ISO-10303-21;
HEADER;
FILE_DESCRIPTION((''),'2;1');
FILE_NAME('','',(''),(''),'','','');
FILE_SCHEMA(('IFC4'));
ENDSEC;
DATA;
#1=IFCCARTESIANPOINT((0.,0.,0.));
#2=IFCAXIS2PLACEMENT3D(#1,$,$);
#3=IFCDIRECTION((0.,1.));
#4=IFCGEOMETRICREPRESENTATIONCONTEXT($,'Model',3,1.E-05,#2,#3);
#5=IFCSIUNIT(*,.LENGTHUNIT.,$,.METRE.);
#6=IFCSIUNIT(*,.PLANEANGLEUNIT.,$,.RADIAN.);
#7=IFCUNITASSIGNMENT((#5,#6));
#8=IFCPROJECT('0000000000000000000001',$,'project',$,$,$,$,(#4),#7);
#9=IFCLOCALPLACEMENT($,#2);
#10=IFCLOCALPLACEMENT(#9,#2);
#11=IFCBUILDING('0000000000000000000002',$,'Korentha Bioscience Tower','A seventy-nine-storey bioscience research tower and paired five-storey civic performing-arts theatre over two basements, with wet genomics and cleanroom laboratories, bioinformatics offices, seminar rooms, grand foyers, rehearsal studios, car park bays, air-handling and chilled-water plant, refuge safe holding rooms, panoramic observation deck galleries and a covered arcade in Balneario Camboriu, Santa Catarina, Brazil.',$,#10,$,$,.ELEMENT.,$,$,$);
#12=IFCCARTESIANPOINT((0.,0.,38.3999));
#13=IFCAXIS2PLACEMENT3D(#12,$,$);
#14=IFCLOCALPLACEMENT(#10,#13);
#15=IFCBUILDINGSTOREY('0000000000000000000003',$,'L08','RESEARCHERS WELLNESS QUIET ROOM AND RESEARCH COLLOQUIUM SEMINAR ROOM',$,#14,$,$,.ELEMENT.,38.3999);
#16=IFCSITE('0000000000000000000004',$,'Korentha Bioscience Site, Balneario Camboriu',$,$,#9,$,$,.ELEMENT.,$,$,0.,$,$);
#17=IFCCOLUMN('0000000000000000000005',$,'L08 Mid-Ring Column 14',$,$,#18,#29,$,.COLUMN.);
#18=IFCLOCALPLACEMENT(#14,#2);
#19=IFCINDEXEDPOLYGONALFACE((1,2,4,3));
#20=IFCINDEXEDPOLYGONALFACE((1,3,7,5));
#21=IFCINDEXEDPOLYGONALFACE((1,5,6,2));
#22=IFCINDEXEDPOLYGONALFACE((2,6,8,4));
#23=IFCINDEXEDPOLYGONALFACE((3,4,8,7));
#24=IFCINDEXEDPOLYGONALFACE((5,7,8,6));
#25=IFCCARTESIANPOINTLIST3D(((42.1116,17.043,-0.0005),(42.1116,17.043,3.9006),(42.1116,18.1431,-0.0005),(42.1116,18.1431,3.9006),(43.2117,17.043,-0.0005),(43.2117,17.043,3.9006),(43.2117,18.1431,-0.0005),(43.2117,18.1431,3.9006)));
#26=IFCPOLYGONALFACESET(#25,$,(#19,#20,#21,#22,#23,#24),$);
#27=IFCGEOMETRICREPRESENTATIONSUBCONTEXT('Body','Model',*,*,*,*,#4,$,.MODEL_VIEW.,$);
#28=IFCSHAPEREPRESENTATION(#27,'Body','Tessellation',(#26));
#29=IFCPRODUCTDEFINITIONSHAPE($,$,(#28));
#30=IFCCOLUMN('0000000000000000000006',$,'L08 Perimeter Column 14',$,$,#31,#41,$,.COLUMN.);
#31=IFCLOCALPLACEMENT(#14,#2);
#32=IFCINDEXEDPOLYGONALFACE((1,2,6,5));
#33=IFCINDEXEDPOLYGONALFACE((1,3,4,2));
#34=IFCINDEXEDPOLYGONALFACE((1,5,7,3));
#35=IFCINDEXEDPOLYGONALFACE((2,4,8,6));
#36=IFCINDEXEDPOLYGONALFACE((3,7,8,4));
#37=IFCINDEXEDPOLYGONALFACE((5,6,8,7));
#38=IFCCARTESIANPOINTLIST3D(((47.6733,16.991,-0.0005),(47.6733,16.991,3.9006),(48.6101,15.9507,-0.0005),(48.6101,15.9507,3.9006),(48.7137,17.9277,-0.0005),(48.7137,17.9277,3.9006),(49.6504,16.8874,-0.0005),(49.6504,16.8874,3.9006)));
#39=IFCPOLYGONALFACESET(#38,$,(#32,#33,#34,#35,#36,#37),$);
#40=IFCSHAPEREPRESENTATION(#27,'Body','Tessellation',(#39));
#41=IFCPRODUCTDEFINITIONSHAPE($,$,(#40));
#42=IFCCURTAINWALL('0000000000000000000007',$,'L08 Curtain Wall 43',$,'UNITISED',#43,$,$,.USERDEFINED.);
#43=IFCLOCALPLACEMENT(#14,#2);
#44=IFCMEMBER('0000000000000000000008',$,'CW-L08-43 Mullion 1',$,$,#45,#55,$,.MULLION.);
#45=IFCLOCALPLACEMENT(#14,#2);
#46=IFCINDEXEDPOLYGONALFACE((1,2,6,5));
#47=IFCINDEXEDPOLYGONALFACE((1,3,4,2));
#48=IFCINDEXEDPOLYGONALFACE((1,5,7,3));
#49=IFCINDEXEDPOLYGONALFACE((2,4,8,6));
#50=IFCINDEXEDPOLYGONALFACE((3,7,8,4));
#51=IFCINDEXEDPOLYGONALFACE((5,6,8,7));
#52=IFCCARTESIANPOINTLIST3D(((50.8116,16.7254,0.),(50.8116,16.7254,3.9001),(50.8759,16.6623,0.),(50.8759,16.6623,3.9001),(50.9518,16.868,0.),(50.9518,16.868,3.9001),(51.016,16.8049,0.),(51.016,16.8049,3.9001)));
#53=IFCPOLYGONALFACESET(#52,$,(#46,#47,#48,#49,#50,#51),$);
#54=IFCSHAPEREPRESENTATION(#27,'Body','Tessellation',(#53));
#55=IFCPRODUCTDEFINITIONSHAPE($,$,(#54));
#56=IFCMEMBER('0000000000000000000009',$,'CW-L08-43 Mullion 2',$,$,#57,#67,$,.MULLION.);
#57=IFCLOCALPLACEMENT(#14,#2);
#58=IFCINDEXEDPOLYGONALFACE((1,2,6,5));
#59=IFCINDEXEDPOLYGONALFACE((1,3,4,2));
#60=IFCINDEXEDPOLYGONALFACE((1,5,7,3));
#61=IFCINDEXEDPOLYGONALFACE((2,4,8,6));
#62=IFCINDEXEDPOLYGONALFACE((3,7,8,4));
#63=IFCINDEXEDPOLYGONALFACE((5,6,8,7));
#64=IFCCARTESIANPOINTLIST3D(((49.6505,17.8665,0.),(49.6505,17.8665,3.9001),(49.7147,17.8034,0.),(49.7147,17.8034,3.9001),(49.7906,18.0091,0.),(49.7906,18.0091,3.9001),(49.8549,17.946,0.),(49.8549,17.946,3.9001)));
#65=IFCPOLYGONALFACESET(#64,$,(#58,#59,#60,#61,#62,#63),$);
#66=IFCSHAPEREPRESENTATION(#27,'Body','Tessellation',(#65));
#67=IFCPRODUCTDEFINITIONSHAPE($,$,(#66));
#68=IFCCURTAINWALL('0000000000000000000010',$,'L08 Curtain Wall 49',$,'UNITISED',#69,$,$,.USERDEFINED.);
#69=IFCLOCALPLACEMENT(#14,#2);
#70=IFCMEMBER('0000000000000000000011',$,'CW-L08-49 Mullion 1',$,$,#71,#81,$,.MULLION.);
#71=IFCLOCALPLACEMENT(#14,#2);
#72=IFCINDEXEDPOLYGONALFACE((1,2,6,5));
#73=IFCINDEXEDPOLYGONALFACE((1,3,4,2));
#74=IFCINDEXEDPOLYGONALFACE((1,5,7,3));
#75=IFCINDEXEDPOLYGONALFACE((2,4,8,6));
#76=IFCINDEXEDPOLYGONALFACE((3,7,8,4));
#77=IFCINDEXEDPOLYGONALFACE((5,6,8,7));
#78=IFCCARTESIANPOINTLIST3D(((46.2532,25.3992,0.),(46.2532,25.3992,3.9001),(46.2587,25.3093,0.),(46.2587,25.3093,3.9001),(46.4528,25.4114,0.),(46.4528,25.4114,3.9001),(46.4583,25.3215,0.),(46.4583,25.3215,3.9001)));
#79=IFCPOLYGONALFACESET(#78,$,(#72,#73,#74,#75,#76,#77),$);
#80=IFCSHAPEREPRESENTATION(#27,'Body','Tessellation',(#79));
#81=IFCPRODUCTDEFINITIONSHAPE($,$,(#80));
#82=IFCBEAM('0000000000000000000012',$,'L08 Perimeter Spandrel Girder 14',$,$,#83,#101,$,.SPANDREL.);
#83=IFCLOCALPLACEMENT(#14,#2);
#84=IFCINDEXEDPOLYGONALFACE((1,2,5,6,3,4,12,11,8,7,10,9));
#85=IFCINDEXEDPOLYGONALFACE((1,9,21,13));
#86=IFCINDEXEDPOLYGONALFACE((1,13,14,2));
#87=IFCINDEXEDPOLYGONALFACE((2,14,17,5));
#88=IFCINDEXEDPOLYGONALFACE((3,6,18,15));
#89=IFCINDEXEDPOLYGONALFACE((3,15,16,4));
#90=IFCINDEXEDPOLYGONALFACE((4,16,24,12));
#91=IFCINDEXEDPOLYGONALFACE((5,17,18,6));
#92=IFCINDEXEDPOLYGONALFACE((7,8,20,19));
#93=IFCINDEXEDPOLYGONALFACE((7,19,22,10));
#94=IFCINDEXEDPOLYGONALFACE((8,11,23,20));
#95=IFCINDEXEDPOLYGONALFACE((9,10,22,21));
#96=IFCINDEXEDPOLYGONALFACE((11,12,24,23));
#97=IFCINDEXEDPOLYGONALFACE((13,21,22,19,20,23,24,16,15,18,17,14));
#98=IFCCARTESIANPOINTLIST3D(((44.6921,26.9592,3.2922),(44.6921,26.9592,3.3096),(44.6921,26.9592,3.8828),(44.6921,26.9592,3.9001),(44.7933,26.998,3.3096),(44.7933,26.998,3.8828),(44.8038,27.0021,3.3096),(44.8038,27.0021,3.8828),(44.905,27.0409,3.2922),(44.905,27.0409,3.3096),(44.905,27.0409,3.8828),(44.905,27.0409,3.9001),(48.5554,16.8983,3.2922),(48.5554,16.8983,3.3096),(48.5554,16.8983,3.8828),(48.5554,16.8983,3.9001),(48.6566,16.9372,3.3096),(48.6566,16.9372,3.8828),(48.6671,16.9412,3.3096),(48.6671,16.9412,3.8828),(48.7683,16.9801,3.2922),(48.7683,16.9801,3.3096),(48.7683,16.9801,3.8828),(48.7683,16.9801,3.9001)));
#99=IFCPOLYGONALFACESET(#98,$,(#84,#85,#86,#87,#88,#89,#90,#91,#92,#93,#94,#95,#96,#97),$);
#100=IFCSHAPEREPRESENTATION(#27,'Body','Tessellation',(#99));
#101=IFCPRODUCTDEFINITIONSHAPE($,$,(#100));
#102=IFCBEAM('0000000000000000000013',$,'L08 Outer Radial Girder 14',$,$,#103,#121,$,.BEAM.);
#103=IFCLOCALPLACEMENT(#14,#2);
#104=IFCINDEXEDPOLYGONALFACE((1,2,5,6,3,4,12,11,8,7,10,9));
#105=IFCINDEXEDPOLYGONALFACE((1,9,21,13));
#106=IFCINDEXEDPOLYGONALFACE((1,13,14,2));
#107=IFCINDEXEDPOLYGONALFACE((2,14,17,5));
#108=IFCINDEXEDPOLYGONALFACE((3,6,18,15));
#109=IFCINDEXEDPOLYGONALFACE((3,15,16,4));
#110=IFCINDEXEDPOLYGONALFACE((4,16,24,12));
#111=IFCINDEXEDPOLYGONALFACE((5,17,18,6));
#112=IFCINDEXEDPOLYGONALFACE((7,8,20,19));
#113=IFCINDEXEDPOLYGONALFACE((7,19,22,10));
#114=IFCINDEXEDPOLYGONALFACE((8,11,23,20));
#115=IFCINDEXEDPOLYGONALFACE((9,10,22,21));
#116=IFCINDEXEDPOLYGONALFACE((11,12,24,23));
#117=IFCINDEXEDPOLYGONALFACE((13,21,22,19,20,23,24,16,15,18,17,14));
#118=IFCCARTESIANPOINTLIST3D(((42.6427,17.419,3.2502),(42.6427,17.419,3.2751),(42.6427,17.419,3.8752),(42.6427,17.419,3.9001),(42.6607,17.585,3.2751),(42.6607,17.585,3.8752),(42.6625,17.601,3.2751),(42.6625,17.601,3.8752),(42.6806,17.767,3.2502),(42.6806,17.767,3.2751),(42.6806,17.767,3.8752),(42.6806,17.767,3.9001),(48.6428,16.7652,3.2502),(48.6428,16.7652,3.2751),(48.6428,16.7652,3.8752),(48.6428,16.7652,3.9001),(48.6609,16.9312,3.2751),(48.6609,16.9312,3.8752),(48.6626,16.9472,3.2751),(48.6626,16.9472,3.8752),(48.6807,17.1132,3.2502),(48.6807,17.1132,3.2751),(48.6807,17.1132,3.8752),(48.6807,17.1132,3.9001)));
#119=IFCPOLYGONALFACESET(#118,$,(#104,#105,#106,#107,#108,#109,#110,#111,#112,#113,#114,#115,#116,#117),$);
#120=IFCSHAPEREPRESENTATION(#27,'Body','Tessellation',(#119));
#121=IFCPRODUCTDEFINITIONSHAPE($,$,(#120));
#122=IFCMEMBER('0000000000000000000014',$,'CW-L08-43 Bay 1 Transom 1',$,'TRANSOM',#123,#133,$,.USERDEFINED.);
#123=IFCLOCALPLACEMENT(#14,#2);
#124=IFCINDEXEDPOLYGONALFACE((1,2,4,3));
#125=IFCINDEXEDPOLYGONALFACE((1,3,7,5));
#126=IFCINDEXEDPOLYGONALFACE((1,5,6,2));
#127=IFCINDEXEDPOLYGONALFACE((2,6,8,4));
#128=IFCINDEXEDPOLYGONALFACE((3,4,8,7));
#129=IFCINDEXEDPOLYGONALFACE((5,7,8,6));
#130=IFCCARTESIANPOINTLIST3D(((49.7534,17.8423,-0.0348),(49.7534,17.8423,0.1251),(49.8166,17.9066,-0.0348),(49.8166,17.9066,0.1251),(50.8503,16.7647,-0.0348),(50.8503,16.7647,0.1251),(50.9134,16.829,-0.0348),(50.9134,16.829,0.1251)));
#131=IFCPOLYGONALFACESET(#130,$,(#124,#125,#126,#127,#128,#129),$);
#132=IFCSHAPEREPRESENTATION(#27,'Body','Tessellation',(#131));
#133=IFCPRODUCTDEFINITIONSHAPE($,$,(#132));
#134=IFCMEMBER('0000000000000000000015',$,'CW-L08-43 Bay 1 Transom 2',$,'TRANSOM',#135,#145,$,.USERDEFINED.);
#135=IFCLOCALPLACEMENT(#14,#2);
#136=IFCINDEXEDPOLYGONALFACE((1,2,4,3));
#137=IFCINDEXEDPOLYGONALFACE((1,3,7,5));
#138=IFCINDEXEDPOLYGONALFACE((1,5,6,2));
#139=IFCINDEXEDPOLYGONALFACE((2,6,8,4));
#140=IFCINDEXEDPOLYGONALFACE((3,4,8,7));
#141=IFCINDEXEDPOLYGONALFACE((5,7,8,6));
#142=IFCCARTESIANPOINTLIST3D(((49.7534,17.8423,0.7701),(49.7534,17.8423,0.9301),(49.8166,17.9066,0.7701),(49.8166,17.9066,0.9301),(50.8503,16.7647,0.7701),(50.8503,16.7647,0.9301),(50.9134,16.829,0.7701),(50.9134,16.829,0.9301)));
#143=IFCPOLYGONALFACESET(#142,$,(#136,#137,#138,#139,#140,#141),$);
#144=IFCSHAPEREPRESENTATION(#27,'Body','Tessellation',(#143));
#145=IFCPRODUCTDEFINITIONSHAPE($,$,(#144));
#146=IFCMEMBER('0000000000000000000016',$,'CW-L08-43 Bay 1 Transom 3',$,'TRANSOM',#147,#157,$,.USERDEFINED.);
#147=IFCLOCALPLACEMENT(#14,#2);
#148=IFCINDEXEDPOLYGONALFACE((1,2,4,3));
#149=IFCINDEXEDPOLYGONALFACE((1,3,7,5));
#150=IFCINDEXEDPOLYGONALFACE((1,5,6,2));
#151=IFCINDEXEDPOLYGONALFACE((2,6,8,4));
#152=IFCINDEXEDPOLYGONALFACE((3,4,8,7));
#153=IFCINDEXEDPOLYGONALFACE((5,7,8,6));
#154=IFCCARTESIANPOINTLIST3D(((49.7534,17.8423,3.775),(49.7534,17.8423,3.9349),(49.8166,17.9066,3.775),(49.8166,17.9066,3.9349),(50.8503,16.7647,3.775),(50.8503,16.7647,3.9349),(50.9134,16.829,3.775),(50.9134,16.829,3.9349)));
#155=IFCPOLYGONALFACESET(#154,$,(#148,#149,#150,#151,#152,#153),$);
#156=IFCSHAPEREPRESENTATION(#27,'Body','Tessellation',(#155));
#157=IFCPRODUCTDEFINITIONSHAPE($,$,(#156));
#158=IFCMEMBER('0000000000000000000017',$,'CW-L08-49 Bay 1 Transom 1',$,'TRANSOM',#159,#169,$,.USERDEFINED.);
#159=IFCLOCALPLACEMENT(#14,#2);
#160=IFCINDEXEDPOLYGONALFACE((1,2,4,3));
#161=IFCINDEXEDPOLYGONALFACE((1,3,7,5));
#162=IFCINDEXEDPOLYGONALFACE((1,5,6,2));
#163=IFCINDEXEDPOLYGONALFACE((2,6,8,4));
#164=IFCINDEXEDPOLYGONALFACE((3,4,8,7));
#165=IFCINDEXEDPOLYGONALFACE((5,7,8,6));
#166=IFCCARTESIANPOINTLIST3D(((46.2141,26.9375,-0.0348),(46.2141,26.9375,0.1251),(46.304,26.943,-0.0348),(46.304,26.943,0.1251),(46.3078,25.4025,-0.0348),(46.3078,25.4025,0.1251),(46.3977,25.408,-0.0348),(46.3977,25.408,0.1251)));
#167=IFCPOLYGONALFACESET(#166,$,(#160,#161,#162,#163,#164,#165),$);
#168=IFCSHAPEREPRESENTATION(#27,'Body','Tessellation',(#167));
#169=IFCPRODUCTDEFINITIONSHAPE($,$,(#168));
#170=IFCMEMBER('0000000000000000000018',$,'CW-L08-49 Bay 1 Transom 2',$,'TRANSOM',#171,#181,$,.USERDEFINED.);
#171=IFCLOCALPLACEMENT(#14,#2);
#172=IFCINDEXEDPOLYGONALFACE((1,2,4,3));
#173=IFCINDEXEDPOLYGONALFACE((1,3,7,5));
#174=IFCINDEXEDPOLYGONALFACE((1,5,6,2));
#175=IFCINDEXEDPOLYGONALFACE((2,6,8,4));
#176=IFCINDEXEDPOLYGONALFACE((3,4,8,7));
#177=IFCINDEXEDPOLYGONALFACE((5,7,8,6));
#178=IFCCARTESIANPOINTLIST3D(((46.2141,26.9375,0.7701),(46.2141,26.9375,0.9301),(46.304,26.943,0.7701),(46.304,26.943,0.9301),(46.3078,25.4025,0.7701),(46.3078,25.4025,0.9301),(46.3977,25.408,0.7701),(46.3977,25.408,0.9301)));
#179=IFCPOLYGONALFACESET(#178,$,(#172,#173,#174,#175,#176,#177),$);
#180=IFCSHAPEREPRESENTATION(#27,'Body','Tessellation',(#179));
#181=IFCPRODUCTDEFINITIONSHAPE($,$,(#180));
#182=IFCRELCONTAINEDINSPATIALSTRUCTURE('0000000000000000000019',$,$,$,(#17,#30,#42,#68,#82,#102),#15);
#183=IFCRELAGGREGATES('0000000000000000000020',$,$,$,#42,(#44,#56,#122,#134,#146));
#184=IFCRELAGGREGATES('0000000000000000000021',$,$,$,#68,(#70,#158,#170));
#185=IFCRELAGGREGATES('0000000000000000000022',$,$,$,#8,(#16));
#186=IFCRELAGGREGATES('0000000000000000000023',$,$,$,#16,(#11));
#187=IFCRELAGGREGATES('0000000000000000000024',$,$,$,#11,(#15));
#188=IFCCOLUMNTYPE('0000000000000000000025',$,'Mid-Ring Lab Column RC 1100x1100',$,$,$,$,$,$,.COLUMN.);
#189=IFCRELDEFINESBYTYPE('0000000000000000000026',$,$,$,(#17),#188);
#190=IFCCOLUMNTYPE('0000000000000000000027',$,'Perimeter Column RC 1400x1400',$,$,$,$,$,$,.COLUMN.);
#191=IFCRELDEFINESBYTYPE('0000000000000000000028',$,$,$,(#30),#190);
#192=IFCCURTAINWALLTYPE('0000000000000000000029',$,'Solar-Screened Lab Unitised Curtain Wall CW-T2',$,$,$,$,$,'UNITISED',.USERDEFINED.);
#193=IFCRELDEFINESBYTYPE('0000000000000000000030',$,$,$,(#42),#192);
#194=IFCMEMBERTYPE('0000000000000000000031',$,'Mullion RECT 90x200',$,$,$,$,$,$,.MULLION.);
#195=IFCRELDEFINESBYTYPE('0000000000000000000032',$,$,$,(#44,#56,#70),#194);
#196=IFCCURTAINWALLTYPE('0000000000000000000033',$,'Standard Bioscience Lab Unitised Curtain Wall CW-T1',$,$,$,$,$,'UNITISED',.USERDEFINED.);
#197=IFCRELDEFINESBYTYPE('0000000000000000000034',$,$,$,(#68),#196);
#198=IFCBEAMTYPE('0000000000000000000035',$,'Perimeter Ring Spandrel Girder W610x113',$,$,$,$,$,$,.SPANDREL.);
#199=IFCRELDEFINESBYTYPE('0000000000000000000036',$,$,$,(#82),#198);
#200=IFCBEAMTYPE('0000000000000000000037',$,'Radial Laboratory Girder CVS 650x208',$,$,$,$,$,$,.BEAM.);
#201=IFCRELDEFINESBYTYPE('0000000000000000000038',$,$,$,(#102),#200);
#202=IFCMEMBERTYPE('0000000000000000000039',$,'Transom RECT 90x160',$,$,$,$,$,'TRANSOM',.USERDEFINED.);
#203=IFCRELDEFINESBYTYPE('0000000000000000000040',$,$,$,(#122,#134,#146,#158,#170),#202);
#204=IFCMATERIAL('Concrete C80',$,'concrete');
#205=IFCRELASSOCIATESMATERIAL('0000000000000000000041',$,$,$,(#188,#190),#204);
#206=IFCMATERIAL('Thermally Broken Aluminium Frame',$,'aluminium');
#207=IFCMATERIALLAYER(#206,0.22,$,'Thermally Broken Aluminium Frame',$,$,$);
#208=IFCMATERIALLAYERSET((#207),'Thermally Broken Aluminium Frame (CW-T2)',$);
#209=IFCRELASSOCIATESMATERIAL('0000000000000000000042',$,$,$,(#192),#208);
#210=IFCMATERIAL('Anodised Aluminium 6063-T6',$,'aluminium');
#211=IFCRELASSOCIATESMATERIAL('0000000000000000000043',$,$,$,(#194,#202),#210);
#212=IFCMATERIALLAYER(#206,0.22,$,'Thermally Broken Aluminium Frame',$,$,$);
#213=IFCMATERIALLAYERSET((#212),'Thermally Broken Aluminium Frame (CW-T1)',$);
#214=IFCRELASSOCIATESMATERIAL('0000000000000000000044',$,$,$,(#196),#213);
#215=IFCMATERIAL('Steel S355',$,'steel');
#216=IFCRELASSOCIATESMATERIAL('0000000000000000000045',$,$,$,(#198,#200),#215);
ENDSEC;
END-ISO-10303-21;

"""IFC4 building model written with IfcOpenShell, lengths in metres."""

from ifc_helpers import new_model, si_unit, direction, frame, origin, origin_2d, place, context, subcontext, project, spatial, rectangle, i_section, extrude, material, layer, layer_set, material_profile, profile_set, type_object, element, aggregate, save


model = new_model("IFC4")

# Units and contexts
model_context = context("Model", 3, precision=1e-05, world=origin(), true_north=direction((0.0, 1.0)))
body_context = subcontext(model_context, "Body", "Model", "MODEL_VIEW")
ifc_project = project(units=[si_unit("LENGTHUNIT", "METRE"), si_unit("PLANEANGLEUNIT", "RADIAN")], contexts=[model_context])

# Site, building, storey
site_placement = place(None, origin())
site = spatial("IfcSite", under=ifc_project, at=site_placement, Name="Korentha Bioscience Site, Balneario Camboriu", CompositionType="ELEMENT", RefElevation=0.0)
building_placement = place(site_placement, origin())
building = spatial("IfcBuilding", under=site, at=building_placement, Name="Korentha Bioscience Tower", Description="A seventy-nine-storey bioscience research tower and paired five-storey civic performing-arts theatre over two basements, with wet genomics and cleanroom laboratories, bioinformatics offices, seminar rooms, grand foyers, rehearsal studios, car park bays, air-handling and chilled-water plant, refuge safe holding rooms, panoramic observation deck galleries and a covered arcade in Balneario Camboriu, Santa Catarina, Brazil.", CompositionType="ELEMENT")
storey_placement = place(building_placement, frame((0.0, 0.0, 38.3999)))
storey = spatial("IfcBuildingStorey", under=building, at=storey_placement, Name="L08", Description="RESEARCHERS WELLNESS QUIET ROOM AND RESEARCH COLLOQUIUM SEMINAR ROOM", CompositionType="ELEMENT", Elevation=38.3999)

# Columns
ifc_material_1 = material(Name="Concrete C80", Category="concrete")
ifc_material_profile_1 = material_profile(ifc_material_1, rectangle(XDim=1.1001, YDim=1.1001, at=origin_2d()), Name="Concrete C80")
ifc_profile_set_1 = profile_set([ifc_material_profile_1], Name="Concrete C80 (COL-MR11)")
column_type_1 = type_object("IfcColumnType", Name="Mid-Ring Lab Column RC 1100x1100", PredefinedType="COLUMN", material=ifc_profile_set_1)
column_1_placement = place(storey_placement, frame((42.6616, 17.593, -0.0005), z_axis=(0.0, 0.0, 1.0), x_axis=(1.0, 0.0, 0.0)))
element("IfcColumn", 1, at=column_1_placement, inside=storey, type_object=column_type_1, Name="L08 Mid-Ring Column 14", PredefinedType="COLUMN", context=body_context, shape_type="SweptSolid", body=[
    extrude(rectangle(XDim=1.1001, YDim=1.1001, at=origin_2d()), origin(), (0.0, 0.0, 1.0), 3.9011),
])
ifc_material_profile_2 = material_profile(ifc_material_1, rectangle(XDim=1.3999, YDim=1.3999, at=origin_2d()), Name="Concrete C80")
ifc_profile_set_2 = profile_set([ifc_material_profile_2], Name="Concrete C80 (COL-P14)")
column_type_2 = type_object("IfcColumnType", Name="Perimeter Column RC 1400x1400", PredefinedType="COLUMN", material=ifc_profile_set_2)
column_2_placement = place(storey_placement, frame((48.6619, 16.9392, -0.0005), z_axis=(0.0, 0.0, 1.0), x_axis=(-0.669131, 0.743145, 0.0)))
element("IfcColumn", 2, at=column_2_placement, inside=storey, type_object=column_type_2, Name="L08 Perimeter Column 14", PredefinedType="COLUMN", context=body_context, shape_type="SweptSolid", body=[
    extrude(rectangle(XDim=1.3999, YDim=1.3999, at=origin_2d()), origin(), (0.0, 0.0, 1.0), 3.9011),
])

# Curtain wall, members
ifc_material_2 = material(Name="Thermally Broken Aluminium Frame", Category="aluminium")
ifc_layer_1 = layer(ifc_material_2, 0.22, Name="Thermally Broken Aluminium Frame")
ifc_layer_set_1 = layer_set([ifc_layer_1], Name="Thermally Broken Aluminium Frame (CW-T2)")
curtain_wall_type_1 = type_object("IfcCurtainWallType", Name="Solar-Screened Lab Unitised Curtain Wall CW-T2", ElementType="UNITISED", PredefinedType="USERDEFINED", material=ifc_layer_set_1)
curtain_wall_1_placement = place(storey_placement, origin())
curtain_wall_1 = element("IfcCurtainWall", 3, at=curtain_wall_1_placement, inside=storey, type_object=curtain_wall_type_1, Name="L08 Curtain Wall 43", ObjectType="UNITISED", PredefinedType="USERDEFINED")
ifc_material_3 = material(Name="Anodised Aluminium 6063-T6", Category="aluminium")
ifc_material_profile_3 = material_profile(ifc_material_3, rectangle(XDim=0.0901, YDim=0.2, at=origin_2d()), Name="Anodised Aluminium 6063-T6")
ifc_profile_set_3 = profile_set([ifc_material_profile_3], Name="Anodised Aluminium 6063-T6 (CW-MUL)")
member_type_1 = type_object("IfcMemberType", Name="Mullion RECT 90x200", PredefinedType="MULLION", material=ifc_profile_set_3)
member_1_placement = place(storey_placement, frame((50.9138, 16.7651, 0.0), z_axis=(0.0, 0.0, 1.0), x_axis=(-0.713279, 0.70088, 0.0)))
member_1 = element("IfcMember", 4, at=member_1_placement, type_object=member_type_1, Name="CW-L08-43 Mullion 1", PredefinedType="MULLION", context=body_context, shape_type="SweptSolid", body=[
    extrude(rectangle(XDim=0.0901, YDim=0.2, at=origin_2d()), origin(), (0.0, 0.0, 1.0), 3.9001),
])
member_2_placement = place(storey_placement, frame((49.7527, 17.9062, 0.0), z_axis=(0.0, 0.0, 1.0), x_axis=(-0.713279, 0.70088, 0.0)))
member_2 = element("IfcMember", 5, at=member_2_placement, type_object=member_type_1, Name="CW-L08-43 Mullion 2", PredefinedType="MULLION", context=body_context, shape_type="SweptSolid", body=[
    extrude(rectangle(XDim=0.0901, YDim=0.2, at=origin_2d()), origin(), (0.0, 0.0, 1.0), 3.9001),
])

# Curtain wall, member
ifc_layer_2 = layer(ifc_material_2, 0.22, Name="Thermally Broken Aluminium Frame")
ifc_layer_set_2 = layer_set([ifc_layer_2], Name="Thermally Broken Aluminium Frame (CW-T1)")
curtain_wall_type_2 = type_object("IfcCurtainWallType", Name="Standard Bioscience Lab Unitised Curtain Wall CW-T1", ElementType="UNITISED", PredefinedType="USERDEFINED", material=ifc_layer_set_2)
curtain_wall_2_placement = place(storey_placement, origin())
curtain_wall_2 = element("IfcCurtainWall", 6, at=curtain_wall_2_placement, inside=storey, type_object=curtain_wall_type_2, Name="L08 Curtain Wall 49", ObjectType="UNITISED", PredefinedType="USERDEFINED")
member_3_placement = place(storey_placement, frame((46.3557, 25.3604, 0.0), z_axis=(0.0, 0.0, 1.0), x_axis=(-0.061008, 0.998137, 0.0)))
member_3 = element("IfcMember", 7, at=member_3_placement, type_object=member_type_1, Name="CW-L08-49 Mullion 1", PredefinedType="MULLION", context=body_context, shape_type="SweptSolid", body=[
    extrude(rectangle(XDim=0.0901, YDim=0.2, at=origin_2d()), origin(), (0.0, 0.0, 1.0), 3.9001),
])

# Beams
ifc_material_4 = material(Name="Steel S355", Category="steel")
ifc_material_profile_4 = material_profile(ifc_material_4, i_section(OverallWidth=0.228, OverallDepth=0.6079, WebThickness=0.0112, FlangeThickness=0.0173, at=origin_2d()), Name="Steel S355")
ifc_profile_set_4 = profile_set([ifc_material_profile_4], Name="Steel S355 (SB-610)")
beam_type_1 = type_object("IfcBeamType", Name="Perimeter Ring Spandrel Girder W610x113", PredefinedType="SPANDREL", material=ifc_profile_set_4)
beam_1_placement = place(storey_placement, frame((48.6619, 16.9392, 3.5962), z_axis=(-0.358474, 0.93354, 0.0), x_axis=(-0.93354, -0.358474, 0.0)))
element("IfcBeam", 8, at=beam_1_placement, inside=storey, type_object=beam_type_1, Name="L08 Perimeter Spandrel Girder 14", PredefinedType="SPANDREL", context=body_context, shape_type="SweptSolid", body=[
    extrude(i_section(OverallWidth=0.228, OverallDepth=0.6079, WebThickness=0.0112, FlangeThickness=0.0173, at=origin_2d()), origin(), (0.0, 0.0, 1.0), 10.7771),
])
ifc_material_profile_5 = material_profile(ifc_material_4, i_section(OverallWidth=0.3501, OverallDepth=0.6499, WebThickness=0.0161, FlangeThickness=0.0249, at=origin_2d()), Name="Steel S355")
ifc_profile_set_5 = profile_set([ifc_material_profile_5], Name="Steel S355 (RB-650)")
beam_type_2 = type_object("IfcBeamType", Name="Radial Laboratory Girder CVS 650x208", PredefinedType="BEAM", material=ifc_profile_set_5)
beam_2_placement = place(storey_placement, frame((42.6616, 17.593, 3.5752), z_axis=(0.994116, -0.108323, 0.0), x_axis=(0.108323, 0.994116, 0.0)))
element("IfcBeam", 9, at=beam_2_placement, inside=storey, type_object=beam_type_2, Name="L08 Outer Radial Girder 14", PredefinedType="BEAM", context=body_context, shape_type="SweptSolid", body=[
    extrude(i_section(OverallWidth=0.3501, OverallDepth=0.6499, WebThickness=0.0161, FlangeThickness=0.0249, at=origin_2d()), origin(), (0.0, 0.0, 1.0), 6.0356),
])

# Members
ifc_material_profile_6 = material_profile(ifc_material_3, rectangle(XDim=0.0901, YDim=0.1599, at=origin_2d()), Name="Anodised Aluminium 6063-T6")
ifc_profile_set_6 = profile_set([ifc_material_profile_6], Name="Anodised Aluminium 6063-T6 (CW-TRN)")
member_type_2 = type_object("IfcMemberType", Name="Transom RECT 90x160", ElementType="TRANSOM", PredefinedType="USERDEFINED", material=ifc_profile_set_6)
member_4_placement = place(storey_placement, frame((50.8818, 16.7969, 0.0452), z_axis=(-0.71335, 0.700808, 0.0), x_axis=(-0.700808, -0.71335, 0.0)))
member_4 = element("IfcMember", 10, at=member_4_placement, type_object=member_type_2, Name="CW-L08-43 Bay 1 Transom 1", ObjectType="TRANSOM", PredefinedType="USERDEFINED", context=body_context, shape_type="SweptSolid", body=[
    extrude(rectangle(XDim=0.0901, YDim=0.1599, at=origin_2d()), origin(), (0.0, 0.0, 1.0), 1.5376),
])
member_5_placement = place(storey_placement, frame((50.8818, 16.7969, 0.8501), z_axis=(-0.71335, 0.700808, 0.0), x_axis=(-0.700808, -0.71335, 0.0)))
member_5 = element("IfcMember", 11, at=member_5_placement, type_object=member_type_2, Name="CW-L08-43 Bay 1 Transom 2", ObjectType="TRANSOM", PredefinedType="USERDEFINED", context=body_context, shape_type="SweptSolid", body=[
    extrude(rectangle(XDim=0.0901, YDim=0.1599, at=origin_2d()), origin(), (0.0, 0.0, 1.0), 1.5376),
])
member_6_placement = place(storey_placement, frame((50.8818, 16.7969, 3.855), z_axis=(-0.71335, 0.700808, 0.0), x_axis=(-0.700808, -0.71335, 0.0)))
member_6 = element("IfcMember", 12, at=member_6_placement, type_object=member_type_2, Name="CW-L08-43 Bay 1 Transom 3", ObjectType="TRANSOM", PredefinedType="USERDEFINED", context=body_context, shape_type="SweptSolid", body=[
    extrude(rectangle(XDim=0.0901, YDim=0.1599, at=origin_2d()), origin(), (0.0, 0.0, 1.0), 1.5376),
])
member_7_placement = place(storey_placement, frame((46.3528, 25.4053, 0.0452), z_axis=(-0.060965, 0.99814, 0.0), x_axis=(-0.99814, -0.060965, 0.0)))
member_7 = element("IfcMember", 13, at=member_7_placement, type_object=member_type_2, Name="CW-L08-49 Bay 1 Transom 1", ObjectType="TRANSOM", PredefinedType="USERDEFINED", context=body_context, shape_type="SweptSolid", body=[
    extrude(rectangle(XDim=0.0901, YDim=0.1599, at=origin_2d()), origin(), (0.0, 0.0, 1.0), 1.5378),
])
member_8_placement = place(storey_placement, frame((46.3528, 25.4053, 0.8501), z_axis=(-0.060965, 0.99814, 0.0), x_axis=(-0.99814, -0.060965, 0.0)))
member_8 = element("IfcMember", 14, at=member_8_placement, type_object=member_type_2, Name="CW-L08-49 Bay 1 Transom 2", ObjectType="TRANSOM", PredefinedType="USERDEFINED", context=body_context, shape_type="SweptSolid", body=[
    extrude(rectangle(XDim=0.0901, YDim=0.1599, at=origin_2d()), origin(), (0.0, 0.0, 1.0), 1.5378),
])

aggregate(curtain_wall_1, [member_1, member_2, member_4, member_5, member_6])
aggregate(curtain_wall_2, [member_3, member_7, member_8])

save(model, "model.ifc")
